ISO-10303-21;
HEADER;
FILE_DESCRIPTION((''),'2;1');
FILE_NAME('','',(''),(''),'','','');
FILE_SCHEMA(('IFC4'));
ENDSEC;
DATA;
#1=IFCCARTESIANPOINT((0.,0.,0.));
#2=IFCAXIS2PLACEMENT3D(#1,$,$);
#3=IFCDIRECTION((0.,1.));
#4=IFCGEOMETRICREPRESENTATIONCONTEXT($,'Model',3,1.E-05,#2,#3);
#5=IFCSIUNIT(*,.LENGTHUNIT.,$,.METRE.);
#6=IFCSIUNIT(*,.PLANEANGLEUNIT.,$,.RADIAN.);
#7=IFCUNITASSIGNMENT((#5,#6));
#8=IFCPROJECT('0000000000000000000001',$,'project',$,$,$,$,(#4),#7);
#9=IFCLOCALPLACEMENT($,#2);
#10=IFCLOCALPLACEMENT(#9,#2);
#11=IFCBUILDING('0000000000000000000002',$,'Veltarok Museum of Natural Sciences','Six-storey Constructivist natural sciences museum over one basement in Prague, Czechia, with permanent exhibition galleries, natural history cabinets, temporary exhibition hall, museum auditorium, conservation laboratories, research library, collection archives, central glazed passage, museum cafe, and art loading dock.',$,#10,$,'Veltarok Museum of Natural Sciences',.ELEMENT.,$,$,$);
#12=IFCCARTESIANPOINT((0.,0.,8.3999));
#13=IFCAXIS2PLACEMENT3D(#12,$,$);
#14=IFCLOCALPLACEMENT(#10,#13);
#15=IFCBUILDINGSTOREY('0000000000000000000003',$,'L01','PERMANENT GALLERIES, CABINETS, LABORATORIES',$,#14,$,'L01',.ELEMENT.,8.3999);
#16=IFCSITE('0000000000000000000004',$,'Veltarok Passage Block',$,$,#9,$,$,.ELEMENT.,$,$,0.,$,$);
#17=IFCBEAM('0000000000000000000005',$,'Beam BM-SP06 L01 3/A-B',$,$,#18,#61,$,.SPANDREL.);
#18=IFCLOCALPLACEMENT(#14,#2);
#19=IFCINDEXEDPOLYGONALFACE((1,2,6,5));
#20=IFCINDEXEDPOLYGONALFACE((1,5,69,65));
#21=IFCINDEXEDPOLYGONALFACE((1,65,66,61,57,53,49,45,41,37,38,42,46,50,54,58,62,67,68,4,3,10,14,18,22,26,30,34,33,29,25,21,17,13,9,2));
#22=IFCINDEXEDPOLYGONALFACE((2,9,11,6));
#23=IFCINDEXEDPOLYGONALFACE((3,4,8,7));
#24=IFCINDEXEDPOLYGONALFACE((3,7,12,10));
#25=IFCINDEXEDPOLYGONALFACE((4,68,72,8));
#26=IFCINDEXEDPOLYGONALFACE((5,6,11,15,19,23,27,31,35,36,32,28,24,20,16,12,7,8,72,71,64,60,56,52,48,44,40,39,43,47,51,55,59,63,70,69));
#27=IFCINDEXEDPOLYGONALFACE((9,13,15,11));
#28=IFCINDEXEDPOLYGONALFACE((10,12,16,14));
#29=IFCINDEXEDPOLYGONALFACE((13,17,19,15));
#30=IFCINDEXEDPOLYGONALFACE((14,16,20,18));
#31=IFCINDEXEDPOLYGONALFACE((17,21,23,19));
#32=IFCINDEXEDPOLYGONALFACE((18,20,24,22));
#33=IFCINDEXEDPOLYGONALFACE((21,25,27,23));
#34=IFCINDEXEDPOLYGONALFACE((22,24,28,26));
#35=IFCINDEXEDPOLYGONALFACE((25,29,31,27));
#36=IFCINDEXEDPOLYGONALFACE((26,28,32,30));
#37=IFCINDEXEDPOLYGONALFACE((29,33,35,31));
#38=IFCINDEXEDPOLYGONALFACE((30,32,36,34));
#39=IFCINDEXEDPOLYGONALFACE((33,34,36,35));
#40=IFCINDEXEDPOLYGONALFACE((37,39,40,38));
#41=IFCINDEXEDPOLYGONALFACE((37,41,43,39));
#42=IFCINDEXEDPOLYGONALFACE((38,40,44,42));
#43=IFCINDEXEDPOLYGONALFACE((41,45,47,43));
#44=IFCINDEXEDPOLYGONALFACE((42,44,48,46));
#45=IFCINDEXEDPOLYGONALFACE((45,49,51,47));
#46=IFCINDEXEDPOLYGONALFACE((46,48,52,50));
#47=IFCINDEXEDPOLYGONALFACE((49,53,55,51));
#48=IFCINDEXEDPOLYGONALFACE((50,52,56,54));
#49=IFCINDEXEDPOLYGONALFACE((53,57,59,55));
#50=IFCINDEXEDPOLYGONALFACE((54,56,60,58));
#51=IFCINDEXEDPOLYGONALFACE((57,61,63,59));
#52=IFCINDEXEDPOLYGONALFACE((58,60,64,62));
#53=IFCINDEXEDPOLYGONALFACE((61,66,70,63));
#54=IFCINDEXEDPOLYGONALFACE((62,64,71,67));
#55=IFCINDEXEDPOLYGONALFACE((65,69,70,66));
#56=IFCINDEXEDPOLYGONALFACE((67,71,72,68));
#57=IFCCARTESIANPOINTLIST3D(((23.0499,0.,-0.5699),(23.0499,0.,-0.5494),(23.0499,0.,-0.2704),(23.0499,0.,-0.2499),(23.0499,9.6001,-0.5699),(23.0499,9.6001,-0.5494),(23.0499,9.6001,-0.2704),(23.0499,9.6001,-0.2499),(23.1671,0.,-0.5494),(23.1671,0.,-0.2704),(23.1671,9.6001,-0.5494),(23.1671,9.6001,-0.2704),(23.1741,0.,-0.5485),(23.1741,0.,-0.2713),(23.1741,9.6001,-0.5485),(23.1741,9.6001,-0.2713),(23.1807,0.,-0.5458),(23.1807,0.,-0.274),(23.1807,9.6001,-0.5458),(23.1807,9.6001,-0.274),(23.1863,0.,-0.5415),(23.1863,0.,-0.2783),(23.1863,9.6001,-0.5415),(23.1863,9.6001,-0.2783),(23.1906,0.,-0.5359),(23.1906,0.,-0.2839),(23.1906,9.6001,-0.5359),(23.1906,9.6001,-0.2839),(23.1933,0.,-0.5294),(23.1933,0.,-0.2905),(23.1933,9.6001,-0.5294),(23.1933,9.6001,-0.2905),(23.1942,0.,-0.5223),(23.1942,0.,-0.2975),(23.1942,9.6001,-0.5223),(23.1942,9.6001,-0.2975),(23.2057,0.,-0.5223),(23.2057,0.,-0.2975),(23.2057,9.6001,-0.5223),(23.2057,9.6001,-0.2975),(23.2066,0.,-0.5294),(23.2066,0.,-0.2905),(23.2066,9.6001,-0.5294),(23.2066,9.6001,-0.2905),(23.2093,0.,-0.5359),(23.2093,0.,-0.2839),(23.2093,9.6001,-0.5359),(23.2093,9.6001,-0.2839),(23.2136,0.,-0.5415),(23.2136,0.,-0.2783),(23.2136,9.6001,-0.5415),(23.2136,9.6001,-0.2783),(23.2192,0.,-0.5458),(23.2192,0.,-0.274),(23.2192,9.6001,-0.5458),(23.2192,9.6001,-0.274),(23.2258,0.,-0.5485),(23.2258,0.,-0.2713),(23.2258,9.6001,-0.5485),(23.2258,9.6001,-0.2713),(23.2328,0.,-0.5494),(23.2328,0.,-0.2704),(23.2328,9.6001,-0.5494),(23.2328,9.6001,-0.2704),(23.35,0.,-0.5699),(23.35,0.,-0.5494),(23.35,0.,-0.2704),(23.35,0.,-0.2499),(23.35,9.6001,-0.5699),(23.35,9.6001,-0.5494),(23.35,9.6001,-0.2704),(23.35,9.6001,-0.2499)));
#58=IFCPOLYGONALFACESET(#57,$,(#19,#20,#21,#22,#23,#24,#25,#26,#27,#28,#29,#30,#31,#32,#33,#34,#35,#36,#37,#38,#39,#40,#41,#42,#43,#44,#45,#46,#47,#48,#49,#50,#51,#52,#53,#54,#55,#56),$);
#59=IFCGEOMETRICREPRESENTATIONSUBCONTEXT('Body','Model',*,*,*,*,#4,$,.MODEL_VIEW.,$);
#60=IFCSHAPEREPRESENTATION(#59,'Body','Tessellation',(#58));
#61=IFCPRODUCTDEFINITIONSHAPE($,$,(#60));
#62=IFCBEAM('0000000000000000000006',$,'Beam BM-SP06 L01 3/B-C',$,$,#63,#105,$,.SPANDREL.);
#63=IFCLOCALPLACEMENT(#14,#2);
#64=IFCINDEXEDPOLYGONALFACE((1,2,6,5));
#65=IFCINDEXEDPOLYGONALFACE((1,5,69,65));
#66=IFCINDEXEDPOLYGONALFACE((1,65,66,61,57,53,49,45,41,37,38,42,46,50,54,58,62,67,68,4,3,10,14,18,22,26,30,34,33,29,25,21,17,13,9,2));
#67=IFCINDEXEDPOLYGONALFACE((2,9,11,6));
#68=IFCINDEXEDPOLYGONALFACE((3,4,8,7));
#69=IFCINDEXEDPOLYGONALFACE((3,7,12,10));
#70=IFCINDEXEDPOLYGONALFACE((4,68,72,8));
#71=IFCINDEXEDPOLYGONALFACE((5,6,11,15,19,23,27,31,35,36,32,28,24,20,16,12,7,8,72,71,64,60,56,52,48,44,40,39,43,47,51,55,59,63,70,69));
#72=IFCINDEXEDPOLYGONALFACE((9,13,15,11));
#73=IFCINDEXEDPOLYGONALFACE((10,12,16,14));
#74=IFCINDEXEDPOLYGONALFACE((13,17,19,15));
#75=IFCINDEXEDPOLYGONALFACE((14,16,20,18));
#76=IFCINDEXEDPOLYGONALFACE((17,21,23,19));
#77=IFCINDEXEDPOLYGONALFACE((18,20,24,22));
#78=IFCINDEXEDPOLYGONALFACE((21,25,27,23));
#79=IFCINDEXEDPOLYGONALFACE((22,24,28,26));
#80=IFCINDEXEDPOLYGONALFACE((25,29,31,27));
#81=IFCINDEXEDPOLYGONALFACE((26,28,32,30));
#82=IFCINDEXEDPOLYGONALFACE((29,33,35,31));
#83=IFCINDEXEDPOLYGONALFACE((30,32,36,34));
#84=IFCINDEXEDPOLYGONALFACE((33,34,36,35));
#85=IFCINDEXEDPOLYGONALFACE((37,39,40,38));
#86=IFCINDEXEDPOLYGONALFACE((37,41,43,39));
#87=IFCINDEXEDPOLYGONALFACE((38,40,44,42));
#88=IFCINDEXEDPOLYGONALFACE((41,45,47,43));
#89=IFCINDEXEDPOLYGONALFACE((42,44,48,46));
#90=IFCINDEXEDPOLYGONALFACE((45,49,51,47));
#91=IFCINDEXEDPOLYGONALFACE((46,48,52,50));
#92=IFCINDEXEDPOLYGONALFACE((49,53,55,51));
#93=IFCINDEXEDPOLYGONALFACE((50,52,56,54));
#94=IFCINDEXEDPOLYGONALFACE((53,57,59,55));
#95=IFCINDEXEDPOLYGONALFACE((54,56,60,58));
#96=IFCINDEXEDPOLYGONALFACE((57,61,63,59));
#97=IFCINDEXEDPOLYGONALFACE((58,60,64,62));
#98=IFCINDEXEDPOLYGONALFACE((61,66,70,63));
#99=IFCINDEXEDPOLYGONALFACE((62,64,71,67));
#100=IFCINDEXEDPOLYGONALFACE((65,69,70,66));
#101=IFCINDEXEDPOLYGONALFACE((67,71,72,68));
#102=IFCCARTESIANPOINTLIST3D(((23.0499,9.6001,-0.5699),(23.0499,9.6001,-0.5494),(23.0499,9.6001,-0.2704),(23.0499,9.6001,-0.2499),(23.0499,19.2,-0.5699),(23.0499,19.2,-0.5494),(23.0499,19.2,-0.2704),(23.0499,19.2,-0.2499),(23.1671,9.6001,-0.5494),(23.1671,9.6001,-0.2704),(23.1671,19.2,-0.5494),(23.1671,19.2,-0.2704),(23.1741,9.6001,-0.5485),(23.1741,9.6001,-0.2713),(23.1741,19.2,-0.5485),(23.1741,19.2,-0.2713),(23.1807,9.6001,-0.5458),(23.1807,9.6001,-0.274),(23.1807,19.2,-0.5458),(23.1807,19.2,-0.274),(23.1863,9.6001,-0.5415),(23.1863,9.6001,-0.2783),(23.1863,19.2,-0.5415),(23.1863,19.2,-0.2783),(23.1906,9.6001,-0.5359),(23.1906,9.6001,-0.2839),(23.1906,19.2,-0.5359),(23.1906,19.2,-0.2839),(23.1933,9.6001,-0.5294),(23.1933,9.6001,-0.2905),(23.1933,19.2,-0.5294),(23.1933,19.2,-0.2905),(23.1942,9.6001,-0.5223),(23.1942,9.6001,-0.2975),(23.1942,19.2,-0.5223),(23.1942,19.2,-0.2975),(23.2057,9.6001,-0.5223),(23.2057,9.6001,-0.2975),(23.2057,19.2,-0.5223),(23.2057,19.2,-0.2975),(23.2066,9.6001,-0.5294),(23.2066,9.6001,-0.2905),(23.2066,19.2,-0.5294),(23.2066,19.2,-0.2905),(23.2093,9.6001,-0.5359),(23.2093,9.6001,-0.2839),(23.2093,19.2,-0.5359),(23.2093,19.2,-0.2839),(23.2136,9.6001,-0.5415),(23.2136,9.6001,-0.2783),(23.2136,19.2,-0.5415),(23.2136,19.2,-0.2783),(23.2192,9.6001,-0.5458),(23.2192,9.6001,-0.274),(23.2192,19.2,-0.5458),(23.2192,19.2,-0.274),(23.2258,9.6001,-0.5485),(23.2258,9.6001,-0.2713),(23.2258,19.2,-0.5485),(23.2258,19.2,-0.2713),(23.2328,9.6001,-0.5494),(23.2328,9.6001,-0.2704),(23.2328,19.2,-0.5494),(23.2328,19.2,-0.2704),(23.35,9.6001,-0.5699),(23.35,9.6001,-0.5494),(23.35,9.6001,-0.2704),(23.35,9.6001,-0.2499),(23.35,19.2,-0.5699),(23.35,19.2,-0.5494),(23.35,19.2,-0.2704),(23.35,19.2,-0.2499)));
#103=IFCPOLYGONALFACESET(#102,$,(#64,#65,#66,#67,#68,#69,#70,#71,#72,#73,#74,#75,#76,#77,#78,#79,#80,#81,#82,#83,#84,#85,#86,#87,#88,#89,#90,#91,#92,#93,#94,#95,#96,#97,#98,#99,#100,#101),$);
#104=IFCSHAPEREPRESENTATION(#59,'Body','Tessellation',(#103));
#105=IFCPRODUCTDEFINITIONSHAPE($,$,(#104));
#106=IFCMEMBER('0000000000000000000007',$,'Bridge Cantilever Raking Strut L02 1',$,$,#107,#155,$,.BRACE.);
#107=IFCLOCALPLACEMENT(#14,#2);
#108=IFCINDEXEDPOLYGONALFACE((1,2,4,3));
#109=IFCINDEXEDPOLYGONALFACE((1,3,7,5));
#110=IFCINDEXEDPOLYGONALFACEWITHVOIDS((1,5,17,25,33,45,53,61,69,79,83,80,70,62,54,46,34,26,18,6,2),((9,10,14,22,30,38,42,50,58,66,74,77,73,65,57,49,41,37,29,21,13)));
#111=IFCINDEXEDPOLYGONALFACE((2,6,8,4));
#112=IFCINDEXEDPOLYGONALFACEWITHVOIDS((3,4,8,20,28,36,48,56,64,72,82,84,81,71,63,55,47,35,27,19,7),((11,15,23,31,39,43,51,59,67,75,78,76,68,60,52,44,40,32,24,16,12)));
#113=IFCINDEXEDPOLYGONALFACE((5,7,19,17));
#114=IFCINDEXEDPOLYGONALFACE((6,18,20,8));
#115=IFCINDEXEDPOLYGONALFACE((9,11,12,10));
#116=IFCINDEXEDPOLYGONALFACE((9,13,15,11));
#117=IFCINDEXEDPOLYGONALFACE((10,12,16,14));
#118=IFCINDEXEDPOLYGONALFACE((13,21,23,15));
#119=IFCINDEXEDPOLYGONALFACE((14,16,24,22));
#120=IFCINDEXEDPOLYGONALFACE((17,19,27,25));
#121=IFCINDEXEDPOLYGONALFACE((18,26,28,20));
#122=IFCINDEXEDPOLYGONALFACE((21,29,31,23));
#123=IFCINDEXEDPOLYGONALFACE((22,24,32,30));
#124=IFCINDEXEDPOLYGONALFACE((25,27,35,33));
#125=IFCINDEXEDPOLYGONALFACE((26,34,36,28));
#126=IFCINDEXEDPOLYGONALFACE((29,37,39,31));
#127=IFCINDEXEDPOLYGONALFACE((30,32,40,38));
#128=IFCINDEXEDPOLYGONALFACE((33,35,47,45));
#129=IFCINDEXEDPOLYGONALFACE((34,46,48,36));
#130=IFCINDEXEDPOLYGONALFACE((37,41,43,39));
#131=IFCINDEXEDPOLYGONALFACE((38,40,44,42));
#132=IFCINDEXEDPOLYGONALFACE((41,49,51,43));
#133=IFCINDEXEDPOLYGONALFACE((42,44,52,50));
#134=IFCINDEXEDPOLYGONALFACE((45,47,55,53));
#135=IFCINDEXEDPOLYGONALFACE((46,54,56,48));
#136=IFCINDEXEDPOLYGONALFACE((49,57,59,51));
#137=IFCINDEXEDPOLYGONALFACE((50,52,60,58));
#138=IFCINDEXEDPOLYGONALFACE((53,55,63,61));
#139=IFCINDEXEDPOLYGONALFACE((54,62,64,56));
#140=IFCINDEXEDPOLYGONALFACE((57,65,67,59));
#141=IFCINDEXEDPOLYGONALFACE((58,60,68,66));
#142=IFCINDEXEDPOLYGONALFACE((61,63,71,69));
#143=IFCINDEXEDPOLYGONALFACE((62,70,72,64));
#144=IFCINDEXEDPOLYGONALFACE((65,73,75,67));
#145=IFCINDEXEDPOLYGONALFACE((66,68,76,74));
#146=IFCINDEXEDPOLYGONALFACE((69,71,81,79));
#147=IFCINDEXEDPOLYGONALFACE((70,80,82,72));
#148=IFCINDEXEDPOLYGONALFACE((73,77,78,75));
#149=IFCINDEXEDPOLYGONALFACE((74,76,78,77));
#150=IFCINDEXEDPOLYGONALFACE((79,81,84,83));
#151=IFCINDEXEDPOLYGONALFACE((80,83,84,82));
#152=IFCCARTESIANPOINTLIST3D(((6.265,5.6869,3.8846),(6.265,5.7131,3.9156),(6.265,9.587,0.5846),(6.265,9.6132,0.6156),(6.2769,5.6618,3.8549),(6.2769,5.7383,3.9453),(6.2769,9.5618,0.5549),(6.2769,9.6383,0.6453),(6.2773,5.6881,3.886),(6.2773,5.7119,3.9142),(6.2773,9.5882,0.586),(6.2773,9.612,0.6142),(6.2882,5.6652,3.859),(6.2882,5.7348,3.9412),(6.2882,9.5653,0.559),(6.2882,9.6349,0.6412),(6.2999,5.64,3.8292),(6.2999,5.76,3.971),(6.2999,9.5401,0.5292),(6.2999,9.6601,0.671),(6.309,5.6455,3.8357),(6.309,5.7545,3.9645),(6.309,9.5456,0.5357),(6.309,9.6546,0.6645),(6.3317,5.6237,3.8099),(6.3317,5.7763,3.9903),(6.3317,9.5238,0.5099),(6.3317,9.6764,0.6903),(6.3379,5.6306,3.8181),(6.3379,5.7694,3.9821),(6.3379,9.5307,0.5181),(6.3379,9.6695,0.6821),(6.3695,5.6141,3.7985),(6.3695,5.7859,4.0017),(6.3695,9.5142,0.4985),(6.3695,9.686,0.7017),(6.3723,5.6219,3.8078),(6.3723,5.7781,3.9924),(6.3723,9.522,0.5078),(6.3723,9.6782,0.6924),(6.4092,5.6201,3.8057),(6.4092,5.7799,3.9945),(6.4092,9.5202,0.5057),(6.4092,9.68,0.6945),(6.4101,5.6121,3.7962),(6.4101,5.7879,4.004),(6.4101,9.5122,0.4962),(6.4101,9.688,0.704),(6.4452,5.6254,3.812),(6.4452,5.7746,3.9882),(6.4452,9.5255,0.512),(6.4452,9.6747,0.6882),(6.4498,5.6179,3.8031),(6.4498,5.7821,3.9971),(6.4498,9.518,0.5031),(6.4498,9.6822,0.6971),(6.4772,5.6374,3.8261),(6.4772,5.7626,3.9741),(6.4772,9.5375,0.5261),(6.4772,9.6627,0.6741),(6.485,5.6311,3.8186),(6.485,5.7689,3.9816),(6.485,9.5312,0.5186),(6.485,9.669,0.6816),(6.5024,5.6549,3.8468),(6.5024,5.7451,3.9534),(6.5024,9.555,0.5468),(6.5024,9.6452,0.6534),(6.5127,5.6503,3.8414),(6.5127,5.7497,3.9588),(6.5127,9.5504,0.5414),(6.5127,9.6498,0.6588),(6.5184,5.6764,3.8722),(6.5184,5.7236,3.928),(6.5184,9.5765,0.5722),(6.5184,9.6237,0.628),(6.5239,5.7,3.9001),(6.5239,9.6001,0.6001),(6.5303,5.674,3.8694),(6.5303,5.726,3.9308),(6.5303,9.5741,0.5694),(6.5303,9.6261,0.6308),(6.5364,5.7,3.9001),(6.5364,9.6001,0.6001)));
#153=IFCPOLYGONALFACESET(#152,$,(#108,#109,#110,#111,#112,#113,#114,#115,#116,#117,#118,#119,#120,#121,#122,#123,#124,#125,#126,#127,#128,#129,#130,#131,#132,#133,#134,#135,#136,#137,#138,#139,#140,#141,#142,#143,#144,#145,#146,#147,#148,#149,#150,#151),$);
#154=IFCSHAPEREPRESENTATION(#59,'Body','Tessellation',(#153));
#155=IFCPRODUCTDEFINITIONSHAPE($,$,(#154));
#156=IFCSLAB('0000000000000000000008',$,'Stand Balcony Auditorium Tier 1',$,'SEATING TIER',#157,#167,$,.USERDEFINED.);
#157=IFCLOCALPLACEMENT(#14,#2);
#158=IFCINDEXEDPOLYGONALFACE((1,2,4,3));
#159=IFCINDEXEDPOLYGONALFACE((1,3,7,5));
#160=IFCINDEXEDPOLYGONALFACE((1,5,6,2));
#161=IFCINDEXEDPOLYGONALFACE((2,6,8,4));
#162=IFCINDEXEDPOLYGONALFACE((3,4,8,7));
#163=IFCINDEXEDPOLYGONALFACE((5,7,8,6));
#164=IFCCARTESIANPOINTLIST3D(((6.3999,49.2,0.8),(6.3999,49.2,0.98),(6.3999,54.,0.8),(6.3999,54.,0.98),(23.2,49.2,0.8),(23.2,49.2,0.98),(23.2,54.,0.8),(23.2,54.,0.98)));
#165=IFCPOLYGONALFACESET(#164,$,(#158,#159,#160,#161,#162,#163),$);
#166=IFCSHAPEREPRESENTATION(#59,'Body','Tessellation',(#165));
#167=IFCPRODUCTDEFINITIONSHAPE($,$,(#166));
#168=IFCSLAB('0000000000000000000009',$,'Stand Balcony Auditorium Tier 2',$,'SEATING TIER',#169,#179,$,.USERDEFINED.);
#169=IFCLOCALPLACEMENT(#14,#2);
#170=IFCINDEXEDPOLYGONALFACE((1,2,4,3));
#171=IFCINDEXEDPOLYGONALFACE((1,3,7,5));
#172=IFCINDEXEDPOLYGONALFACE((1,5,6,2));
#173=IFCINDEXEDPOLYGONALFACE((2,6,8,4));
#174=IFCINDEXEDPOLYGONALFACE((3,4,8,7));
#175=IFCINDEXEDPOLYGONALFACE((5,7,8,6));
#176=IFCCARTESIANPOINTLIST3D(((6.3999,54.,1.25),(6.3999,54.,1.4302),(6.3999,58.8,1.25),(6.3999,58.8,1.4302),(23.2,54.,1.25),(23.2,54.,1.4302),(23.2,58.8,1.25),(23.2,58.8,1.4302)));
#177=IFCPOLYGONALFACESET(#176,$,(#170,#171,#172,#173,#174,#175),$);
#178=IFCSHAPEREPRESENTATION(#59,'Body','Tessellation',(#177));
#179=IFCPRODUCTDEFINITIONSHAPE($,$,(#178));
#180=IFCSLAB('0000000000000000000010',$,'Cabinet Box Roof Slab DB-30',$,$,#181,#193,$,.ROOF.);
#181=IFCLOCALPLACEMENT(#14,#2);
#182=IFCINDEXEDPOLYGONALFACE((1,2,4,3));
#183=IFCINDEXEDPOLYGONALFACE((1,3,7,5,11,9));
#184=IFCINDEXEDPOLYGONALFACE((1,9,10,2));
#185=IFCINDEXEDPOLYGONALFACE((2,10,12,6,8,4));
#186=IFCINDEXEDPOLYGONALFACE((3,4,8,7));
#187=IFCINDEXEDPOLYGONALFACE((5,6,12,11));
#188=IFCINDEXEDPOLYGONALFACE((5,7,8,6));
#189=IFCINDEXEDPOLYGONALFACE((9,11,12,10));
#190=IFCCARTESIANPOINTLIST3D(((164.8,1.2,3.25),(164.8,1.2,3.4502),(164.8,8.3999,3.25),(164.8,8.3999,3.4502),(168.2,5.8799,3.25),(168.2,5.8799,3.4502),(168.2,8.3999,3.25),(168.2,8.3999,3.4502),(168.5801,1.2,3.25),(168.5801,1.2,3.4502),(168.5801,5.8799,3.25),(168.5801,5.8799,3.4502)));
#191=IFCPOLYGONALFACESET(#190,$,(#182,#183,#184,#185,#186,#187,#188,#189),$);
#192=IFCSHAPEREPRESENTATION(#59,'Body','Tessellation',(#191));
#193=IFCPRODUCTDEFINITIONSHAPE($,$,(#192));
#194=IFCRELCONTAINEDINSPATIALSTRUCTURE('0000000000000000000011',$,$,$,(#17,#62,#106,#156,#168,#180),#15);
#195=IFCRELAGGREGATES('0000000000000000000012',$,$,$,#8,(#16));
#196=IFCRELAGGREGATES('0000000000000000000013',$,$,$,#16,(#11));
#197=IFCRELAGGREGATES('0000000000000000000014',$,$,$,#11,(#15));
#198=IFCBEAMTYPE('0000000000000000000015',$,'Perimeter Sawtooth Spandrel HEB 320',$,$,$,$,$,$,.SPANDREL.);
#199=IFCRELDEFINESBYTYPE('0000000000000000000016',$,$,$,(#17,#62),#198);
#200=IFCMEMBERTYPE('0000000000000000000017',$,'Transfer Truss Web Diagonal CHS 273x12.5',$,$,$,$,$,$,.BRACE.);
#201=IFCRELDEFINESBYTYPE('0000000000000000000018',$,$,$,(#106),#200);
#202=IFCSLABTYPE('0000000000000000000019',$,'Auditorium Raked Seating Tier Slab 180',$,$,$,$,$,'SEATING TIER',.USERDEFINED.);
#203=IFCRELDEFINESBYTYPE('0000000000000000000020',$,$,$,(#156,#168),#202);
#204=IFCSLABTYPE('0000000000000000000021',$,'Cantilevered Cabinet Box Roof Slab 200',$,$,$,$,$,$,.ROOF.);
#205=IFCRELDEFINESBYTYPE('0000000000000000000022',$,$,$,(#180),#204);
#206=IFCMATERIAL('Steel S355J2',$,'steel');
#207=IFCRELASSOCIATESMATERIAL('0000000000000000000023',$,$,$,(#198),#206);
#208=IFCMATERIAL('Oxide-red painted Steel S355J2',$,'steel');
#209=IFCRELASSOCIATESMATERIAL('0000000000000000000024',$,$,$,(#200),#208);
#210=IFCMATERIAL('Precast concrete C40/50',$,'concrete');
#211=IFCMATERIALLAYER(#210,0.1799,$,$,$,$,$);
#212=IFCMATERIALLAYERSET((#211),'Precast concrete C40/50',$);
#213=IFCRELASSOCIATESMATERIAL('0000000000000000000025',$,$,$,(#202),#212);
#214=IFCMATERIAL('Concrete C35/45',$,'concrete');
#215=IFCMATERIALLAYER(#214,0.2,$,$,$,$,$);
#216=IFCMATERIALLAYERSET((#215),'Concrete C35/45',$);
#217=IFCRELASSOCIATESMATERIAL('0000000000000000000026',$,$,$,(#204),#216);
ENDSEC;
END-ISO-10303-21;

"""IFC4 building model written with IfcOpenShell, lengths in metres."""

from ifc_helpers import new_model, si_unit, direction, frame, origin, origin_2d, place, context, subcontext, project, spatial, polyline, hollow_circle, i_section, outline, extrude, material, layer, layer_set, material_profile, profile_set, type_object, element, save


model = new_model("IFC4")

# Units and contexts
model_context = context("Model", 3, precision=1e-05, world=origin(), true_north=direction((0.0, 1.0)))
body_context = subcontext(model_context, "Body", "Model", "MODEL_VIEW")
ifc_project = project(units=[si_unit("LENGTHUNIT", "METRE"), si_unit("PLANEANGLEUNIT", "RADIAN")], contexts=[model_context])

# Site, building, storey
site_placement = place(None, origin())
site = spatial("IfcSite", under=ifc_project, at=site_placement, Name="Veltarok Passage Block", CompositionType="ELEMENT", RefElevation=0.0)
building_placement = place(site_placement, origin())
building = spatial("IfcBuilding", under=site, at=building_placement, Name="Veltarok Museum of Natural Sciences", Description="Six-storey Constructivist natural sciences museum over one basement in Prague, Czechia, with permanent exhibition galleries, natural history cabinets, temporary exhibition hall, museum auditorium, conservation laboratories, research library, collection archives, central glazed passage, museum cafe, and art loading dock.", LongName="Veltarok Museum of Natural Sciences", CompositionType="ELEMENT")
storey_placement = place(building_placement, frame((0.0, 0.0, 8.3999)))
storey = spatial("IfcBuildingStorey", under=building, at=storey_placement, Name="L01", Description="PERMANENT GALLERIES, CABINETS, LABORATORIES", LongName="L01", CompositionType="ELEMENT", Elevation=8.3999)

# Shared definitions
ifc_material_1 = material(Name="Steel S355J2", Category="steel")

# Beams
ifc_material_profile_1 = material_profile(ifc_material_1, i_section(OverallWidth=0.3, OverallDepth=0.3201, WebThickness=0.0115, FlangeThickness=0.0205, FilletRadius=0.0271, at=origin_2d()), Name="HEB 320")
ifc_profile_set_1 = profile_set([ifc_material_profile_1], Name="Steel S355J2")
beam_type = type_object("IfcBeamType", Name="Perimeter Sawtooth Spandrel HEB 320", PredefinedType="SPANDREL", material=ifc_profile_set_1)
beam_1_placement = place(storey_placement, frame((23.2, 0.0, -0.4099), z_axis=(0.0, 1.0, 0.0), x_axis=(-1.0, 0.0, 0.0)))
element("IfcBeam", 1, at=beam_1_placement, inside=storey, type_object=beam_type, Name="Beam BM-SP06 L01 3/A-B", PredefinedType="SPANDREL", context=body_context, shape_type="SweptSolid", body=[
    extrude(i_section(OverallWidth=0.3, OverallDepth=0.3201, WebThickness=0.0115, FlangeThickness=0.0205, FilletRadius=0.0271, at=origin_2d()), origin(), (0.0, 0.0, 1.0), 9.6001),
])
beam_2_placement = place(storey_placement, frame((23.2, 9.6001, -0.4099), z_axis=(0.0, 1.0, 0.0), x_axis=(-1.0, 0.0, 0.0)))
element("IfcBeam", 2, at=beam_2_placement, inside=storey, type_object=beam_type, Name="Beam BM-SP06 L01 3/B-C", PredefinedType="SPANDREL", context=body_context, shape_type="SweptSolid", body=[
    extrude(i_section(OverallWidth=0.3, OverallDepth=0.3201, WebThickness=0.0115, FlangeThickness=0.0205, FilletRadius=0.0271, at=origin_2d()), origin(), (0.0, 0.0, 1.0), 9.5999),
])

# Member
ifc_material_2 = material(Name="Oxide-red painted Steel S355J2", Category="steel")
ifc_material_profile_2 = material_profile(ifc_material_2, hollow_circle(Radius=0.1365, WallThickness=0.0125, at=origin_2d()), Name="CHS 273x12.5")
ifc_profile_set_2 = profile_set([ifc_material_profile_2], Name="Oxide-red painted Steel S355J2")
member_type = type_object("IfcMemberType", Name="Transfer Truss Web Diagonal CHS 273x12.5", PredefinedType="BRACE", material=ifc_profile_set_2)
member_placement = place(storey_placement, frame((6.3999, 9.6001, 0.6001), z_axis=(0.0, -0.763394, 0.645934), x_axis=(1.0, 0.0, 0.0)))
element("IfcMember", 3, at=member_placement, inside=storey, type_object=member_type, Name="Bridge Cantilever Raking Strut L02 1", PredefinedType="BRACE", context=body_context, shape_type="SweptSolid", body=[
    extrude(hollow_circle(Radius=0.1365, WallThickness=0.0125, at=origin_2d()), origin(), (0.0, 0.0, 1.0), 5.1089),
])

# Slabs
ifc_material_3 = material(Name="Precast concrete C40/50", Category="concrete")
ifc_layer_1 = layer(ifc_material_3, 0.1799)
ifc_layer_set_1 = layer_set([ifc_layer_1], Name="Precast concrete C40/50")
slab_type_1 = type_object("IfcSlabType", Name="Auditorium Raked Seating Tier Slab 180", ElementType="SEATING TIER", PredefinedType="USERDEFINED", material=ifc_layer_set_1)
slab_1_placement = place(storey_placement, frame((0.0, 0.0, 0.8)))
element("IfcSlab", 4, at=slab_1_placement, inside=storey, type_object=slab_type_1, Name="Stand Balcony Auditorium Tier 1", ObjectType="SEATING TIER", PredefinedType="USERDEFINED", context=body_context, shape_type="SweptSolid", body=[
    extrude(outline(polyline([(6.3999, 49.2), (23.2, 49.2), (23.2, 54.0), (6.3999, 54.0), (6.3999, 49.2)])), origin(), (0.0, 0.0, 1.0), 0.1799),
])
slab_2_placement = place(storey_placement, frame((0.0, 0.0, 1.25)))
element("IfcSlab", 5, at=slab_2_placement, inside=storey, type_object=slab_type_1, Name="Stand Balcony Auditorium Tier 2", ObjectType="SEATING TIER", PredefinedType="USERDEFINED", context=body_context, shape_type="SweptSolid", body=[
    extrude(outline(polyline([(6.3999, 54.0), (23.2, 54.0), (23.2, 58.8), (6.3999, 58.8), (6.3999, 54.0)])), origin(), (0.0, 0.0, 1.0), 0.1802),
])
ifc_material_4 = material(Name="Concrete C35/45", Category="concrete")
ifc_layer_2 = layer(ifc_material_4, 0.2)
ifc_layer_set_2 = layer_set([ifc_layer_2], Name="Concrete C35/45")
slab_type_2 = type_object("IfcSlabType", Name="Cantilevered Cabinet Box Roof Slab 200", PredefinedType="ROOF", material=ifc_layer_set_2)
slab_3_placement = place(storey_placement, frame((0.0, 0.0, 3.25)))
element("IfcSlab", 6, at=slab_3_placement, inside=storey, type_object=slab_type_2, Name="Cabinet Box Roof Slab DB-30", PredefinedType="ROOF", context=body_context, shape_type="SweptSolid", body=[
    extrude(outline(polyline([(164.8, 1.2), (168.5801, 1.2), (168.5801, 5.8799), (168.2, 5.8799), (168.2, 8.3999), (164.8, 8.3999), (164.8, 1.2)])), origin(), (0.0, 0.0, 1.0), 0.2002),
])

save(model, "model.ifc")
